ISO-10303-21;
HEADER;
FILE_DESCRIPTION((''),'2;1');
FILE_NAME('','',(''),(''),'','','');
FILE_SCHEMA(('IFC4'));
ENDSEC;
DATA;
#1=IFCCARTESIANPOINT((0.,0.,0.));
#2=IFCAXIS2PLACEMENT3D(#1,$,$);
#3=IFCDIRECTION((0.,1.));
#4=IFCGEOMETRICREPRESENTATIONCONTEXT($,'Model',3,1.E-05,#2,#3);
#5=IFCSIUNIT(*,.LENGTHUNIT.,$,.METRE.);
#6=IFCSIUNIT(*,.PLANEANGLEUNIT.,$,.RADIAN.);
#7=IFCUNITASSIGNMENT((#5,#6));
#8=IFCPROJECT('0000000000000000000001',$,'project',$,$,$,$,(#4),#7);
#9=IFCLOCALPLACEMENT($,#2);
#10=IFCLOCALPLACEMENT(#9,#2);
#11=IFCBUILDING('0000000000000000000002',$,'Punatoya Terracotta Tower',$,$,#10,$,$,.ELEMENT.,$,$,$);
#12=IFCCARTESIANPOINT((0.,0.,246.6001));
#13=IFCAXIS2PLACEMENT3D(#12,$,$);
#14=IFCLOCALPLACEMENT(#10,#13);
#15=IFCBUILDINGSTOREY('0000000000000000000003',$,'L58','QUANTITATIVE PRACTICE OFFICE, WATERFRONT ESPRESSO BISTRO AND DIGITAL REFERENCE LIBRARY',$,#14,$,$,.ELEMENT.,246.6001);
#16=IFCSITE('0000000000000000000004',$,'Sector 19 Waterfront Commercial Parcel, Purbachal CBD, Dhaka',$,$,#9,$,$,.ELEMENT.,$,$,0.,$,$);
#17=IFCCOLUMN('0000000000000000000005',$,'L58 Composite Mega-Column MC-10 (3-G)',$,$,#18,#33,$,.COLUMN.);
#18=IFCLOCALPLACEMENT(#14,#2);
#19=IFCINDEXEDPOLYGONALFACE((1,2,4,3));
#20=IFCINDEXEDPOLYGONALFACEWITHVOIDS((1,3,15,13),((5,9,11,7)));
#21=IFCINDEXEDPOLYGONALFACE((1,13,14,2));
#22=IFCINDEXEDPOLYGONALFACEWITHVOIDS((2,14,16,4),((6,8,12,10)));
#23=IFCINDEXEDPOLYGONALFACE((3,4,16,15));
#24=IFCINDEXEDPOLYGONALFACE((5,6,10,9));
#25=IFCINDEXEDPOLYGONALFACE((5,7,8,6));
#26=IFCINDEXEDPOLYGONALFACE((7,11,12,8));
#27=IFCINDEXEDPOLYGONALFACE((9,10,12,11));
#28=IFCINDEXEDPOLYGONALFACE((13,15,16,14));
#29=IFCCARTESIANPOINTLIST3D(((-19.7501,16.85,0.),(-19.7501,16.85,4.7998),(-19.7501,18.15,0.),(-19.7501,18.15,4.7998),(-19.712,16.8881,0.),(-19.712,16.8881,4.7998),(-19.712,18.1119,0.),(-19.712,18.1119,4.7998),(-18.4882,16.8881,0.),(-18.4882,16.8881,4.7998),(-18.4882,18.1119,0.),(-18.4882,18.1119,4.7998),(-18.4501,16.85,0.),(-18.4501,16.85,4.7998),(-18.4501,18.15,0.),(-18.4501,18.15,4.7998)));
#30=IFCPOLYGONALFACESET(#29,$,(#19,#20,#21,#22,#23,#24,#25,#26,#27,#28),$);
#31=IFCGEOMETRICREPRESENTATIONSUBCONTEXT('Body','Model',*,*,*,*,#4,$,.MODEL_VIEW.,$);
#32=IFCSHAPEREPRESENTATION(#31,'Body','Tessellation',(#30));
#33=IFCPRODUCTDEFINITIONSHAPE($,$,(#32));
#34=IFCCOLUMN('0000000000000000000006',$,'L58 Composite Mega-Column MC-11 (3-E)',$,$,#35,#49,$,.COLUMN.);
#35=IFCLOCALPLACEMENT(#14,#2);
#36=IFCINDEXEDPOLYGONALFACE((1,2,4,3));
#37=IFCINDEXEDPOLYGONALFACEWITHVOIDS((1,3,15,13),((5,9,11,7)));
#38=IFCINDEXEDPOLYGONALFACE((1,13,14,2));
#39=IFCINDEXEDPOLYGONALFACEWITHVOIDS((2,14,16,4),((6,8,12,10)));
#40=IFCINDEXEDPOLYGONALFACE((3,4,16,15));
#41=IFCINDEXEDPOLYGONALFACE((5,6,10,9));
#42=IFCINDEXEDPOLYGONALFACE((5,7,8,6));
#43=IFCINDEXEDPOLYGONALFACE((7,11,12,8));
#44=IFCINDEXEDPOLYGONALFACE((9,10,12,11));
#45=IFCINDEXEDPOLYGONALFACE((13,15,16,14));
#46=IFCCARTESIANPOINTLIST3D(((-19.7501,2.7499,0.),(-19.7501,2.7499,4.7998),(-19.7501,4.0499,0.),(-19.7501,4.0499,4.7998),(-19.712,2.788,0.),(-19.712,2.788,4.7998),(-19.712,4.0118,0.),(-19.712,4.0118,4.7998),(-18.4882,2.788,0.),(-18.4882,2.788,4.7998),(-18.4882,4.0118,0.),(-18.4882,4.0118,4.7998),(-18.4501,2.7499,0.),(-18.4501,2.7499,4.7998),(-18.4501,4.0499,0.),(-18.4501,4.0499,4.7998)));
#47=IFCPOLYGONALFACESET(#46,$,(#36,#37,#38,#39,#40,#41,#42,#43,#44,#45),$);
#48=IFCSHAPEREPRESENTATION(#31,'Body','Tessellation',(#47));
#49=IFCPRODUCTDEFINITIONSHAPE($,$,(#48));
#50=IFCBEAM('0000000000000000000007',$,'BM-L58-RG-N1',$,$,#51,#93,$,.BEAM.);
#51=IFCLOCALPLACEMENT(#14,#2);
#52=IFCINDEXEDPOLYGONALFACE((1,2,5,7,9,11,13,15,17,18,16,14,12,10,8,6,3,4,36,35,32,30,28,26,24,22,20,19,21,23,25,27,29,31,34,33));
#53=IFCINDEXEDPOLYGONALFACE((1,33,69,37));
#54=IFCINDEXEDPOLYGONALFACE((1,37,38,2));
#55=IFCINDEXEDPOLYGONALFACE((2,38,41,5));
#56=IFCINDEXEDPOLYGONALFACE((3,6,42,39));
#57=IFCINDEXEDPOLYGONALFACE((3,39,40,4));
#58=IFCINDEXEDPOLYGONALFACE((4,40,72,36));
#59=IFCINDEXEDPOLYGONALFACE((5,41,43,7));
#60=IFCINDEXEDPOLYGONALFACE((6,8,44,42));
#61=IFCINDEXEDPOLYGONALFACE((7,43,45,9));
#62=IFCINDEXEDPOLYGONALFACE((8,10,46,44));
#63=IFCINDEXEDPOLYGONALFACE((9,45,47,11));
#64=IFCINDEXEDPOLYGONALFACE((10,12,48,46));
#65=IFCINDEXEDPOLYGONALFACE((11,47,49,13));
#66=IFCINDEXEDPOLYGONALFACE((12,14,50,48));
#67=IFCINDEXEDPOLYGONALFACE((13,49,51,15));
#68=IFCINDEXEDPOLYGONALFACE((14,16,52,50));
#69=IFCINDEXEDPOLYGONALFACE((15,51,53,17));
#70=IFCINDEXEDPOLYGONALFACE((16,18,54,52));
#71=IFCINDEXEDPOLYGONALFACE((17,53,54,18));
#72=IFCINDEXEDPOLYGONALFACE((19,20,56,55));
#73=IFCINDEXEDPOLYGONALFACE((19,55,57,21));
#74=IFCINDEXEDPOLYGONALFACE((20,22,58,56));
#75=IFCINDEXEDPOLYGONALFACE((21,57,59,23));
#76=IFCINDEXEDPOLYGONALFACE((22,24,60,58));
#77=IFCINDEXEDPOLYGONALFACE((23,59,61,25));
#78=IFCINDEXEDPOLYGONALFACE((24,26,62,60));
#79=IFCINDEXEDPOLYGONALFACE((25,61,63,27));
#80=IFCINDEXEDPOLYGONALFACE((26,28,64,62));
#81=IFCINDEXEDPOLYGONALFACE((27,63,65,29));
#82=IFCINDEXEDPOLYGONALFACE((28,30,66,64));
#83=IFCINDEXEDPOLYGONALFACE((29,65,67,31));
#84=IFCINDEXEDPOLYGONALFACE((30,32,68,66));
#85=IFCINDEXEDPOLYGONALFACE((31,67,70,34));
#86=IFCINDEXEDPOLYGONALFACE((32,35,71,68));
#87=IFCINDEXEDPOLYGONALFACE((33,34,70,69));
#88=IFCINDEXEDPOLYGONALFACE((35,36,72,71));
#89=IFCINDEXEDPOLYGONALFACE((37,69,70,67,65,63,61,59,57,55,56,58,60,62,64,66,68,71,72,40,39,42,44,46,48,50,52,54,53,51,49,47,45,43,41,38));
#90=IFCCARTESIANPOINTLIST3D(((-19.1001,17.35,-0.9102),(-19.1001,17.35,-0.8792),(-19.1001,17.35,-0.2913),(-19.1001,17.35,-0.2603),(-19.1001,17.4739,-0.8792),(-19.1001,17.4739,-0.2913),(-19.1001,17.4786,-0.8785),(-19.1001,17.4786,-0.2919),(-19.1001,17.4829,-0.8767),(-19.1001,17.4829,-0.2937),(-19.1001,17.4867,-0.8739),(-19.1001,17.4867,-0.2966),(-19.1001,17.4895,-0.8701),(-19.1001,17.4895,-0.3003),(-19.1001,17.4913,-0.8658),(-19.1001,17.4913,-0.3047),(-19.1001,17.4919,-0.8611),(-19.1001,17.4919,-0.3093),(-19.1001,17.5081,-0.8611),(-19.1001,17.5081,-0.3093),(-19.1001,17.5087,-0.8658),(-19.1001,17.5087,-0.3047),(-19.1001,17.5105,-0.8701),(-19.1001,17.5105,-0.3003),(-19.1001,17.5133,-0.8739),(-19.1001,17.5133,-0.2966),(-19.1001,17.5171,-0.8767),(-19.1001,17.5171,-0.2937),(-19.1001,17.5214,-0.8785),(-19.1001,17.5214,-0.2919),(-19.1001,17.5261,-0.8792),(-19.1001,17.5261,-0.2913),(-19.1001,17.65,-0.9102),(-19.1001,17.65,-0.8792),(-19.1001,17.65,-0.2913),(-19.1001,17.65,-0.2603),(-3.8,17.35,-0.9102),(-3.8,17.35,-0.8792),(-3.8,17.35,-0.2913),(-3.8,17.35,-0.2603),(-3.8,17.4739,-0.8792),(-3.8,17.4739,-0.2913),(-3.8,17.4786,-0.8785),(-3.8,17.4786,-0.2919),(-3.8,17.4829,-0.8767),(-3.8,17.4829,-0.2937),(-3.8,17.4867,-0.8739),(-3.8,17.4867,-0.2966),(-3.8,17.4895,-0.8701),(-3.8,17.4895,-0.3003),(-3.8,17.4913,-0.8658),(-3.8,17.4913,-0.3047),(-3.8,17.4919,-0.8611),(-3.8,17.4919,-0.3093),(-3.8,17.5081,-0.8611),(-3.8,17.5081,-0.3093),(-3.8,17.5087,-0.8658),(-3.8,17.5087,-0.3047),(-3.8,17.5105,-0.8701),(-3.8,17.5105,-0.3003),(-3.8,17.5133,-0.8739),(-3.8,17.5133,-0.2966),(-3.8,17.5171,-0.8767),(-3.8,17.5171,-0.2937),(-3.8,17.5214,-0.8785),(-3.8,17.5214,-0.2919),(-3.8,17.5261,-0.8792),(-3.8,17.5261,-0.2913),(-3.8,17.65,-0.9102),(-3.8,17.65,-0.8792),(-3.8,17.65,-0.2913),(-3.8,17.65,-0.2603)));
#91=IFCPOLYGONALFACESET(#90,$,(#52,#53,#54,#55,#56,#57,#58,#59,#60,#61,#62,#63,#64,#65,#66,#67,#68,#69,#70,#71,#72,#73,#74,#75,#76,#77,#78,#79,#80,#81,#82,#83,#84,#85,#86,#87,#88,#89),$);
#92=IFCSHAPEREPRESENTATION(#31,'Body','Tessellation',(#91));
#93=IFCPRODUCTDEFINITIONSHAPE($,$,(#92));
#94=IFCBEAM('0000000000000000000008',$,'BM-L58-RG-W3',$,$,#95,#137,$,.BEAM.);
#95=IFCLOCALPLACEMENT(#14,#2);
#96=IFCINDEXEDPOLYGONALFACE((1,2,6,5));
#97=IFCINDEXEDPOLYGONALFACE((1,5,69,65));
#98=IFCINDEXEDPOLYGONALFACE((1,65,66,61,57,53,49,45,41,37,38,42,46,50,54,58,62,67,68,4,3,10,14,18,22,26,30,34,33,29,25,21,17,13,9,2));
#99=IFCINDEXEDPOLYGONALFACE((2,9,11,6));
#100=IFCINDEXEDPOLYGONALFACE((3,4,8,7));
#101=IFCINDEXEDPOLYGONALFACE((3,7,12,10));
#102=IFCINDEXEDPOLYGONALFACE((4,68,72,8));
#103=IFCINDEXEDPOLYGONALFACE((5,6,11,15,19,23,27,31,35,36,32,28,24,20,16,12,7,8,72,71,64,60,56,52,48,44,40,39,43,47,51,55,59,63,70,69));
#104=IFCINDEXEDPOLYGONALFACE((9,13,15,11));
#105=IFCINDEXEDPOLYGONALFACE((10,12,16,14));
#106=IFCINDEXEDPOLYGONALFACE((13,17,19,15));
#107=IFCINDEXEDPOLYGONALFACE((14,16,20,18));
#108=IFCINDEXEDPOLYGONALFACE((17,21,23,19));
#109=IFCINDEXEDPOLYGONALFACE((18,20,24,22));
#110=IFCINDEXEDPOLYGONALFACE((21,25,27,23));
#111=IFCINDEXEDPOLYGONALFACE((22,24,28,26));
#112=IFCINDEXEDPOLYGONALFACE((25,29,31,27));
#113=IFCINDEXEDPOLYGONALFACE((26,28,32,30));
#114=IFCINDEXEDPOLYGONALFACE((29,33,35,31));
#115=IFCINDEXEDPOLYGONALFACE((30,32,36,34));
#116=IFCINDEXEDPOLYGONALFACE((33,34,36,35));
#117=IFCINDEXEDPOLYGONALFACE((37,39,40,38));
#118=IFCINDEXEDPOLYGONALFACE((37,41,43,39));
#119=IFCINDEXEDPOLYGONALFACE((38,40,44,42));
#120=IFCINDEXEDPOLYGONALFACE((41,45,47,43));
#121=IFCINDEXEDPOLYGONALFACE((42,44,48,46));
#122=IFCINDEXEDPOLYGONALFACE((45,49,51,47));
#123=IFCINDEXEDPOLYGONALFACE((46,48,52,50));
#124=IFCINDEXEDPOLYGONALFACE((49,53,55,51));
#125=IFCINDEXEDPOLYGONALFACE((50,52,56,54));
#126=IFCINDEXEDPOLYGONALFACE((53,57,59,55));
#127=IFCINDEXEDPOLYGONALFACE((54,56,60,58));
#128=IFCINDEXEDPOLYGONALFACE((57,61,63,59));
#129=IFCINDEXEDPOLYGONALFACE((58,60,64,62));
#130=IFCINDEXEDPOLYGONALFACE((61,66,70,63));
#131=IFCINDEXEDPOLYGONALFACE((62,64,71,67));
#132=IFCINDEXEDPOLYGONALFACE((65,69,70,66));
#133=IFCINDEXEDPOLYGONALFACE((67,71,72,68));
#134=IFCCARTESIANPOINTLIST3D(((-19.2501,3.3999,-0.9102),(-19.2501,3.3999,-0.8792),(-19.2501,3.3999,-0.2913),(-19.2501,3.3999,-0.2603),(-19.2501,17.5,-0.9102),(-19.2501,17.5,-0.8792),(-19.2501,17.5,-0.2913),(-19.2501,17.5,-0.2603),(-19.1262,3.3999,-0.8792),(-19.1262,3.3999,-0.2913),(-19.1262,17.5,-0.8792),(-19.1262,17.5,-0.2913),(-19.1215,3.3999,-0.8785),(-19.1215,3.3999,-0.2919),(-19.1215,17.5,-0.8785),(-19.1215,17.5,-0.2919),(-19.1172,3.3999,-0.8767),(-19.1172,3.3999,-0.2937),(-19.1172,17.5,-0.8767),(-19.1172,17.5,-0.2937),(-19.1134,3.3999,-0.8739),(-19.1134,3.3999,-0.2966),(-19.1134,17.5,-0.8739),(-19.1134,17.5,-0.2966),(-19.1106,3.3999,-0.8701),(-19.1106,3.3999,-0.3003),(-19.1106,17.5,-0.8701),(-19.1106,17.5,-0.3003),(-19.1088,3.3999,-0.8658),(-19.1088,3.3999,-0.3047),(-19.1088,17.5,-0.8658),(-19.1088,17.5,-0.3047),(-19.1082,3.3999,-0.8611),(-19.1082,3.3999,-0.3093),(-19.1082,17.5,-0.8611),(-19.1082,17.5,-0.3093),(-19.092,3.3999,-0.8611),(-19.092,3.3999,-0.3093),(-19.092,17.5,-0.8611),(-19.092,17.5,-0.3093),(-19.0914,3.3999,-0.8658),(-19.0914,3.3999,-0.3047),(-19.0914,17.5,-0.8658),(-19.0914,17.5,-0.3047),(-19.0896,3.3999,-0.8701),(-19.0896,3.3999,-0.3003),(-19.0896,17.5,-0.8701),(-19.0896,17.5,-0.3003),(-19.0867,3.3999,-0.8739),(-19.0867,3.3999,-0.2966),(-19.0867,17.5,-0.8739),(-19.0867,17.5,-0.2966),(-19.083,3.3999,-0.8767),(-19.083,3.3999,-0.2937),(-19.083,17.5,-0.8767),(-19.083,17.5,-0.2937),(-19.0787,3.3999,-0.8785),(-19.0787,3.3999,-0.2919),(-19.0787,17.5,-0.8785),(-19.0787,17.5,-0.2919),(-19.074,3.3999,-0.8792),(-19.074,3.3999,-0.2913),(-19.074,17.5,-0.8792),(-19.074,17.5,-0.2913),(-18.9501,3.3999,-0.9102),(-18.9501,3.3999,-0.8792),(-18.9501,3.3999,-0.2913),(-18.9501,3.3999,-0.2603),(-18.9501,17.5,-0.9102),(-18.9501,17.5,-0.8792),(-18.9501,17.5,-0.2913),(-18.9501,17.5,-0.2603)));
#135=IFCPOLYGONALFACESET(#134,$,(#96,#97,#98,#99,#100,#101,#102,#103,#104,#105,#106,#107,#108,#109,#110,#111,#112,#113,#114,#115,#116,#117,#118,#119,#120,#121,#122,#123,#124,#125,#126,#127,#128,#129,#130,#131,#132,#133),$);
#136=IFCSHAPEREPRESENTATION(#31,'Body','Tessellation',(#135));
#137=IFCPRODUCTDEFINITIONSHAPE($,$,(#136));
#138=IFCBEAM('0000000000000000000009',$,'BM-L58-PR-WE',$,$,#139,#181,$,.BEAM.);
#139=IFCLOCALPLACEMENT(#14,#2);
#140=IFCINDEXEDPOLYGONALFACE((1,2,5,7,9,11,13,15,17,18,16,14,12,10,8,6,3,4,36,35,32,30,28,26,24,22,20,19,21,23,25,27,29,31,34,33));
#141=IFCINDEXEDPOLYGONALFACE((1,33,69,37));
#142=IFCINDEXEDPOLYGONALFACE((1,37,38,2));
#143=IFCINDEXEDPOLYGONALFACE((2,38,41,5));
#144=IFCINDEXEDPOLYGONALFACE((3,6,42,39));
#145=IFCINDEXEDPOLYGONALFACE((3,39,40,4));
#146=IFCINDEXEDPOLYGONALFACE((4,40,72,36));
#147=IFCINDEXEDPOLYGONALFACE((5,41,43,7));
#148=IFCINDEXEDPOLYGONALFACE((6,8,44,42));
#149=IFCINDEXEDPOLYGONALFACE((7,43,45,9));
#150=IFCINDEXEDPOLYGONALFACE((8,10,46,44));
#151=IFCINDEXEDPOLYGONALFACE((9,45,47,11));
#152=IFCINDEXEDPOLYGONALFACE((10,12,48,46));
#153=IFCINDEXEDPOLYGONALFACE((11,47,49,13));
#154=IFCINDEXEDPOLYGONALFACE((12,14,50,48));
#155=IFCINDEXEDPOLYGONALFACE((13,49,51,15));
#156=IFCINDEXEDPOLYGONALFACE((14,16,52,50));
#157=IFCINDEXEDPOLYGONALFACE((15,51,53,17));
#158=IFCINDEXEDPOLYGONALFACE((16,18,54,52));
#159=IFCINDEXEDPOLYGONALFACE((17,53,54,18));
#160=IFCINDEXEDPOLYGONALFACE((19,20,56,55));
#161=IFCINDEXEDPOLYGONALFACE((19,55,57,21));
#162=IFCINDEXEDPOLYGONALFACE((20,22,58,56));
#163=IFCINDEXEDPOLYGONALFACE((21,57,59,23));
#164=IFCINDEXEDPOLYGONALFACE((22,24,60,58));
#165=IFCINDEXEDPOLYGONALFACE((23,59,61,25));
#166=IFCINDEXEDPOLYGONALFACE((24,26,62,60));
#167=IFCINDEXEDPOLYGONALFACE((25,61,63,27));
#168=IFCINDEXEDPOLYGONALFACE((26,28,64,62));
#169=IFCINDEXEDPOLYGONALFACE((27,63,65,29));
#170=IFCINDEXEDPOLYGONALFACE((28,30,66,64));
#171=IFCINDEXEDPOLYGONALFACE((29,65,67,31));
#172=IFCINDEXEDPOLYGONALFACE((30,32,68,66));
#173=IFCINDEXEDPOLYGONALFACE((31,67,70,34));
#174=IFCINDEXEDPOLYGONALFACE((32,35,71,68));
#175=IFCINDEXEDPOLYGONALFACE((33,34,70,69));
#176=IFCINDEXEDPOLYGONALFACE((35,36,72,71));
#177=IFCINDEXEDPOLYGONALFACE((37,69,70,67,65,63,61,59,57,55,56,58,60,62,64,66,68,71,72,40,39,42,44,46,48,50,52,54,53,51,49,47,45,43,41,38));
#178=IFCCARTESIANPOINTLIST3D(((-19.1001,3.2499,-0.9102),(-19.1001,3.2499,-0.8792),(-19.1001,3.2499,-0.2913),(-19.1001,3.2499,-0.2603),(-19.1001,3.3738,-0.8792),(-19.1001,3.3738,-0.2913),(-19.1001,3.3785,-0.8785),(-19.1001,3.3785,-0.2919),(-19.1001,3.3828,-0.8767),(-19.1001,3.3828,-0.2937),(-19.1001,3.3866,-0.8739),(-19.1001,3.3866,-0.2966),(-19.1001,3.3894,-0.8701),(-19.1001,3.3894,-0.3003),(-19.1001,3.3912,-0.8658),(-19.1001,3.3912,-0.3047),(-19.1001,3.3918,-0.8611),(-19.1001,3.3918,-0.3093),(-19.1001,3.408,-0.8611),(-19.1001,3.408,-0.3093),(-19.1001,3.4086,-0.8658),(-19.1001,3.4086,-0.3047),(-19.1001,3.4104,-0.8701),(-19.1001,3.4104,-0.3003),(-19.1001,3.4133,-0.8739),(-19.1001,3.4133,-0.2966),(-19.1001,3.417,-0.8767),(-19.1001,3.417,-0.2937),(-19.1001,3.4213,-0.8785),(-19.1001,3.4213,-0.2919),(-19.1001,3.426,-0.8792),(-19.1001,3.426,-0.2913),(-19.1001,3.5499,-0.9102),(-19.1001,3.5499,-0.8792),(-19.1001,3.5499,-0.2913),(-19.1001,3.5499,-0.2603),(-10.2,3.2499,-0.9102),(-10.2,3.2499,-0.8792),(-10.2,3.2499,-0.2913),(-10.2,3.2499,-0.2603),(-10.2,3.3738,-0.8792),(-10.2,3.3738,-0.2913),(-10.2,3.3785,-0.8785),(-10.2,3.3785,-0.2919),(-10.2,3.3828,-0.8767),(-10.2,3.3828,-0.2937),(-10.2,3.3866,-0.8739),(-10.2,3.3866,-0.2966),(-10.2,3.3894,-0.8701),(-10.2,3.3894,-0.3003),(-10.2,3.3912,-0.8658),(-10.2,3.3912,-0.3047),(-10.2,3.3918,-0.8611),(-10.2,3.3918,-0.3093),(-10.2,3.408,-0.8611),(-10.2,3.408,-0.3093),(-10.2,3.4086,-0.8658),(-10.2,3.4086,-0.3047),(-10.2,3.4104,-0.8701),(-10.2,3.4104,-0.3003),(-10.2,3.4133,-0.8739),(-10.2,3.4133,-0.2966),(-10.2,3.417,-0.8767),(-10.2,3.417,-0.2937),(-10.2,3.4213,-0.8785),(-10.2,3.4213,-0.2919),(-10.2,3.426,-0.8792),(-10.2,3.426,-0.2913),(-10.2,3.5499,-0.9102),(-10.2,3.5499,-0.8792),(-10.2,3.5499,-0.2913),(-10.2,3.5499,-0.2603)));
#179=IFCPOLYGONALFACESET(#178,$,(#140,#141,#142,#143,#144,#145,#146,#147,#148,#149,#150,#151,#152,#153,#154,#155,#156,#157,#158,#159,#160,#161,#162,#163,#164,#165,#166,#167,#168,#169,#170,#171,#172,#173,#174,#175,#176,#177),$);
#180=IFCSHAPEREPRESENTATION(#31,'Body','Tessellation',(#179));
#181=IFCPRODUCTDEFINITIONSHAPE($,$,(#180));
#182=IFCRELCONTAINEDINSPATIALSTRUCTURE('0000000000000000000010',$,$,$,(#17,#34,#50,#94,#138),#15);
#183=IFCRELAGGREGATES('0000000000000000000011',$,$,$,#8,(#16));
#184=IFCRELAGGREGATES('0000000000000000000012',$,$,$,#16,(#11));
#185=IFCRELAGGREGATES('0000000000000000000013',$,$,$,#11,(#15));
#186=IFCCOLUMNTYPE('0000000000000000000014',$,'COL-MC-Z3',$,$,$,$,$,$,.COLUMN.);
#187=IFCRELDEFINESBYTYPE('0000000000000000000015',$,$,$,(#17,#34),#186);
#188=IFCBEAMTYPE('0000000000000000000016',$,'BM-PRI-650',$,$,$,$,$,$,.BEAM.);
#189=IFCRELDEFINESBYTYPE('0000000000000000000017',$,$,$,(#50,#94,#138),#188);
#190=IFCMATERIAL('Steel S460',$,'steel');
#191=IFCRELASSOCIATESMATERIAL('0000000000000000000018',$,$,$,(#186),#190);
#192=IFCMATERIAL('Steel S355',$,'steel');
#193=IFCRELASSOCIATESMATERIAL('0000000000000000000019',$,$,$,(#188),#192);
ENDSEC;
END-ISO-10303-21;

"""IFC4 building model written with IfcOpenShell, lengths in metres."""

from ifc_helpers import new_model, si_unit, direction, frame, origin, origin_2d, place, context, subcontext, project, spatial, hollow_rectangle, i_section, extrude, material, material_profile, profile_set, type_object, element, save


model = new_model("IFC4")

# Units and contexts
model_context = context("Model", 3, precision=1e-05, world=origin(), true_north=direction((0.0, 1.0)))
body_context = subcontext(model_context, "Body", "Model", "MODEL_VIEW")
ifc_project = project(units=[si_unit("LENGTHUNIT", "METRE"), si_unit("PLANEANGLEUNIT", "RADIAN")], contexts=[model_context])

# Site, building, storey
site_placement = place(None, origin())
site = spatial("IfcSite", under=ifc_project, at=site_placement, Name="Sector 19 Waterfront Commercial Parcel, Purbachal CBD, Dhaka", CompositionType="ELEMENT", RefElevation=0.0)
building_placement = place(site_placement, origin())
building = spatial("IfcBuilding", under=site, at=building_placement, Name="Punatoya Terracotta Tower", CompositionType="ELEMENT")
storey_placement = place(building_placement, frame((0.0, 0.0, 246.6001)))
storey = spatial("IfcBuildingStorey", under=building, at=storey_placement, Name="L58", Description="QUANTITATIVE PRACTICE OFFICE, WATERFRONT ESPRESSO BISTRO AND DIGITAL REFERENCE LIBRARY", CompositionType="ELEMENT", Elevation=246.6001)

# Columns
ifc_material_1 = material(Name="Steel S460", Category="steel")
ifc_material_profile_1 = material_profile(ifc_material_1, hollow_rectangle(XDim=1.3, YDim=1.3, WallThickness=0.0381, at=origin_2d()))
ifc_profile_set_1 = profile_set([ifc_material_profile_1], Name="Steel S460")
column_type = type_object("IfcColumnType", Name="COL-MC-Z3", PredefinedType="COLUMN", material=ifc_profile_set_1)
for number, where, z_axis, x_axis, name in (
    (1, (-19.1001, 17.5, 0.0), (0.0, 0.0, 1.0), (1.0, 0.0, 0.0), "L58 Composite Mega-Column MC-10 (3-G)"),
    (2, (-19.1001, 3.3999, 0.0), (0.0, 0.0, 1.0), (1.0, 0.0, 0.0), "L58 Composite Mega-Column MC-11 (3-E)"),
):
    element("IfcColumn", number, at=place(storey_placement, frame(where, z_axis=z_axis, x_axis=x_axis)), inside=storey, type_object=column_type, Name=name, PredefinedType="COLUMN", context=body_context, shape_type="SweptSolid", body=[
        extrude(hollow_rectangle(XDim=1.3, YDim=1.3, WallThickness=0.0381, at=origin_2d()), origin(), (0.0, 0.0, 1.0), 4.7998),
    ])

# Beams
ifc_material_2 = material(Name="Steel S355", Category="steel")
ifc_material_profile_2 = material_profile(ifc_material_2, i_section(OverallWidth=0.3, OverallDepth=0.6499, WebThickness=0.0161, FlangeThickness=0.031, FilletRadius=0.0181, at=origin_2d()))
ifc_profile_set_2 = profile_set([ifc_material_profile_2], Name="Steel S355")
beam_type_1 = type_object("IfcBeamType", Name="BM-PRI-650", PredefinedType="BEAM", material=ifc_profile_set_2)
beam_1_placement = place(storey_placement, frame((-19.1001, 17.5, -0.5852), z_axis=(1.0, 0.0, 0.0), x_axis=(0.0, 1.0, 0.0)))
element("IfcBeam", 3, at=beam_1_placement, inside=storey, type_object=beam_type_1, Name="BM-L58-RG-N1", PredefinedType="BEAM", context=body_context, shape_type="SweptSolid", body=[
    extrude(i_section(OverallWidth=0.3, OverallDepth=0.6499, WebThickness=0.0161, FlangeThickness=0.031, FilletRadius=0.0181, at=origin_2d()), origin(), (0.0, 0.0, 1.0), 15.3),
])
beam_2_placement = place(storey_placement, frame((-19.1001, 3.3999, -0.5852), z_axis=(0.0, 1.0, 0.0), x_axis=(-1.0, 0.0, 0.0)))
element("IfcBeam", 4, at=beam_2_placement, inside=storey, type_object=beam_type_1, Name="BM-L58-RG-W3", PredefinedType="BEAM", context=body_context, shape_type="SweptSolid", body=[
    extrude(i_section(OverallWidth=0.3, OverallDepth=0.6499, WebThickness=0.0161, FlangeThickness=0.031, FilletRadius=0.0181, at=origin_2d()), origin(), (0.0, 0.0, 1.0), 14.1001),
])
beam_3_placement = place(storey_placement, frame((-19.1001, 3.3999, -0.5852), z_axis=(1.0, 0.0, 0.0), x_axis=(0.0, 1.0, 0.0)))
element("IfcBeam", 5, at=beam_3_placement, inside=storey, type_object=beam_type_1, Name="BM-L58-PR-WE", PredefinedType="BEAM", context=body_context, shape_type="SweptSolid", body=[
    extrude(i_section(OverallWidth=0.3, OverallDepth=0.6499, WebThickness=0.0161, FlangeThickness=0.031, FilletRadius=0.0181, at=origin_2d()), origin(), (0.0, 0.0, 1.0), 8.9001),
])

save(model, "model.ifc")
